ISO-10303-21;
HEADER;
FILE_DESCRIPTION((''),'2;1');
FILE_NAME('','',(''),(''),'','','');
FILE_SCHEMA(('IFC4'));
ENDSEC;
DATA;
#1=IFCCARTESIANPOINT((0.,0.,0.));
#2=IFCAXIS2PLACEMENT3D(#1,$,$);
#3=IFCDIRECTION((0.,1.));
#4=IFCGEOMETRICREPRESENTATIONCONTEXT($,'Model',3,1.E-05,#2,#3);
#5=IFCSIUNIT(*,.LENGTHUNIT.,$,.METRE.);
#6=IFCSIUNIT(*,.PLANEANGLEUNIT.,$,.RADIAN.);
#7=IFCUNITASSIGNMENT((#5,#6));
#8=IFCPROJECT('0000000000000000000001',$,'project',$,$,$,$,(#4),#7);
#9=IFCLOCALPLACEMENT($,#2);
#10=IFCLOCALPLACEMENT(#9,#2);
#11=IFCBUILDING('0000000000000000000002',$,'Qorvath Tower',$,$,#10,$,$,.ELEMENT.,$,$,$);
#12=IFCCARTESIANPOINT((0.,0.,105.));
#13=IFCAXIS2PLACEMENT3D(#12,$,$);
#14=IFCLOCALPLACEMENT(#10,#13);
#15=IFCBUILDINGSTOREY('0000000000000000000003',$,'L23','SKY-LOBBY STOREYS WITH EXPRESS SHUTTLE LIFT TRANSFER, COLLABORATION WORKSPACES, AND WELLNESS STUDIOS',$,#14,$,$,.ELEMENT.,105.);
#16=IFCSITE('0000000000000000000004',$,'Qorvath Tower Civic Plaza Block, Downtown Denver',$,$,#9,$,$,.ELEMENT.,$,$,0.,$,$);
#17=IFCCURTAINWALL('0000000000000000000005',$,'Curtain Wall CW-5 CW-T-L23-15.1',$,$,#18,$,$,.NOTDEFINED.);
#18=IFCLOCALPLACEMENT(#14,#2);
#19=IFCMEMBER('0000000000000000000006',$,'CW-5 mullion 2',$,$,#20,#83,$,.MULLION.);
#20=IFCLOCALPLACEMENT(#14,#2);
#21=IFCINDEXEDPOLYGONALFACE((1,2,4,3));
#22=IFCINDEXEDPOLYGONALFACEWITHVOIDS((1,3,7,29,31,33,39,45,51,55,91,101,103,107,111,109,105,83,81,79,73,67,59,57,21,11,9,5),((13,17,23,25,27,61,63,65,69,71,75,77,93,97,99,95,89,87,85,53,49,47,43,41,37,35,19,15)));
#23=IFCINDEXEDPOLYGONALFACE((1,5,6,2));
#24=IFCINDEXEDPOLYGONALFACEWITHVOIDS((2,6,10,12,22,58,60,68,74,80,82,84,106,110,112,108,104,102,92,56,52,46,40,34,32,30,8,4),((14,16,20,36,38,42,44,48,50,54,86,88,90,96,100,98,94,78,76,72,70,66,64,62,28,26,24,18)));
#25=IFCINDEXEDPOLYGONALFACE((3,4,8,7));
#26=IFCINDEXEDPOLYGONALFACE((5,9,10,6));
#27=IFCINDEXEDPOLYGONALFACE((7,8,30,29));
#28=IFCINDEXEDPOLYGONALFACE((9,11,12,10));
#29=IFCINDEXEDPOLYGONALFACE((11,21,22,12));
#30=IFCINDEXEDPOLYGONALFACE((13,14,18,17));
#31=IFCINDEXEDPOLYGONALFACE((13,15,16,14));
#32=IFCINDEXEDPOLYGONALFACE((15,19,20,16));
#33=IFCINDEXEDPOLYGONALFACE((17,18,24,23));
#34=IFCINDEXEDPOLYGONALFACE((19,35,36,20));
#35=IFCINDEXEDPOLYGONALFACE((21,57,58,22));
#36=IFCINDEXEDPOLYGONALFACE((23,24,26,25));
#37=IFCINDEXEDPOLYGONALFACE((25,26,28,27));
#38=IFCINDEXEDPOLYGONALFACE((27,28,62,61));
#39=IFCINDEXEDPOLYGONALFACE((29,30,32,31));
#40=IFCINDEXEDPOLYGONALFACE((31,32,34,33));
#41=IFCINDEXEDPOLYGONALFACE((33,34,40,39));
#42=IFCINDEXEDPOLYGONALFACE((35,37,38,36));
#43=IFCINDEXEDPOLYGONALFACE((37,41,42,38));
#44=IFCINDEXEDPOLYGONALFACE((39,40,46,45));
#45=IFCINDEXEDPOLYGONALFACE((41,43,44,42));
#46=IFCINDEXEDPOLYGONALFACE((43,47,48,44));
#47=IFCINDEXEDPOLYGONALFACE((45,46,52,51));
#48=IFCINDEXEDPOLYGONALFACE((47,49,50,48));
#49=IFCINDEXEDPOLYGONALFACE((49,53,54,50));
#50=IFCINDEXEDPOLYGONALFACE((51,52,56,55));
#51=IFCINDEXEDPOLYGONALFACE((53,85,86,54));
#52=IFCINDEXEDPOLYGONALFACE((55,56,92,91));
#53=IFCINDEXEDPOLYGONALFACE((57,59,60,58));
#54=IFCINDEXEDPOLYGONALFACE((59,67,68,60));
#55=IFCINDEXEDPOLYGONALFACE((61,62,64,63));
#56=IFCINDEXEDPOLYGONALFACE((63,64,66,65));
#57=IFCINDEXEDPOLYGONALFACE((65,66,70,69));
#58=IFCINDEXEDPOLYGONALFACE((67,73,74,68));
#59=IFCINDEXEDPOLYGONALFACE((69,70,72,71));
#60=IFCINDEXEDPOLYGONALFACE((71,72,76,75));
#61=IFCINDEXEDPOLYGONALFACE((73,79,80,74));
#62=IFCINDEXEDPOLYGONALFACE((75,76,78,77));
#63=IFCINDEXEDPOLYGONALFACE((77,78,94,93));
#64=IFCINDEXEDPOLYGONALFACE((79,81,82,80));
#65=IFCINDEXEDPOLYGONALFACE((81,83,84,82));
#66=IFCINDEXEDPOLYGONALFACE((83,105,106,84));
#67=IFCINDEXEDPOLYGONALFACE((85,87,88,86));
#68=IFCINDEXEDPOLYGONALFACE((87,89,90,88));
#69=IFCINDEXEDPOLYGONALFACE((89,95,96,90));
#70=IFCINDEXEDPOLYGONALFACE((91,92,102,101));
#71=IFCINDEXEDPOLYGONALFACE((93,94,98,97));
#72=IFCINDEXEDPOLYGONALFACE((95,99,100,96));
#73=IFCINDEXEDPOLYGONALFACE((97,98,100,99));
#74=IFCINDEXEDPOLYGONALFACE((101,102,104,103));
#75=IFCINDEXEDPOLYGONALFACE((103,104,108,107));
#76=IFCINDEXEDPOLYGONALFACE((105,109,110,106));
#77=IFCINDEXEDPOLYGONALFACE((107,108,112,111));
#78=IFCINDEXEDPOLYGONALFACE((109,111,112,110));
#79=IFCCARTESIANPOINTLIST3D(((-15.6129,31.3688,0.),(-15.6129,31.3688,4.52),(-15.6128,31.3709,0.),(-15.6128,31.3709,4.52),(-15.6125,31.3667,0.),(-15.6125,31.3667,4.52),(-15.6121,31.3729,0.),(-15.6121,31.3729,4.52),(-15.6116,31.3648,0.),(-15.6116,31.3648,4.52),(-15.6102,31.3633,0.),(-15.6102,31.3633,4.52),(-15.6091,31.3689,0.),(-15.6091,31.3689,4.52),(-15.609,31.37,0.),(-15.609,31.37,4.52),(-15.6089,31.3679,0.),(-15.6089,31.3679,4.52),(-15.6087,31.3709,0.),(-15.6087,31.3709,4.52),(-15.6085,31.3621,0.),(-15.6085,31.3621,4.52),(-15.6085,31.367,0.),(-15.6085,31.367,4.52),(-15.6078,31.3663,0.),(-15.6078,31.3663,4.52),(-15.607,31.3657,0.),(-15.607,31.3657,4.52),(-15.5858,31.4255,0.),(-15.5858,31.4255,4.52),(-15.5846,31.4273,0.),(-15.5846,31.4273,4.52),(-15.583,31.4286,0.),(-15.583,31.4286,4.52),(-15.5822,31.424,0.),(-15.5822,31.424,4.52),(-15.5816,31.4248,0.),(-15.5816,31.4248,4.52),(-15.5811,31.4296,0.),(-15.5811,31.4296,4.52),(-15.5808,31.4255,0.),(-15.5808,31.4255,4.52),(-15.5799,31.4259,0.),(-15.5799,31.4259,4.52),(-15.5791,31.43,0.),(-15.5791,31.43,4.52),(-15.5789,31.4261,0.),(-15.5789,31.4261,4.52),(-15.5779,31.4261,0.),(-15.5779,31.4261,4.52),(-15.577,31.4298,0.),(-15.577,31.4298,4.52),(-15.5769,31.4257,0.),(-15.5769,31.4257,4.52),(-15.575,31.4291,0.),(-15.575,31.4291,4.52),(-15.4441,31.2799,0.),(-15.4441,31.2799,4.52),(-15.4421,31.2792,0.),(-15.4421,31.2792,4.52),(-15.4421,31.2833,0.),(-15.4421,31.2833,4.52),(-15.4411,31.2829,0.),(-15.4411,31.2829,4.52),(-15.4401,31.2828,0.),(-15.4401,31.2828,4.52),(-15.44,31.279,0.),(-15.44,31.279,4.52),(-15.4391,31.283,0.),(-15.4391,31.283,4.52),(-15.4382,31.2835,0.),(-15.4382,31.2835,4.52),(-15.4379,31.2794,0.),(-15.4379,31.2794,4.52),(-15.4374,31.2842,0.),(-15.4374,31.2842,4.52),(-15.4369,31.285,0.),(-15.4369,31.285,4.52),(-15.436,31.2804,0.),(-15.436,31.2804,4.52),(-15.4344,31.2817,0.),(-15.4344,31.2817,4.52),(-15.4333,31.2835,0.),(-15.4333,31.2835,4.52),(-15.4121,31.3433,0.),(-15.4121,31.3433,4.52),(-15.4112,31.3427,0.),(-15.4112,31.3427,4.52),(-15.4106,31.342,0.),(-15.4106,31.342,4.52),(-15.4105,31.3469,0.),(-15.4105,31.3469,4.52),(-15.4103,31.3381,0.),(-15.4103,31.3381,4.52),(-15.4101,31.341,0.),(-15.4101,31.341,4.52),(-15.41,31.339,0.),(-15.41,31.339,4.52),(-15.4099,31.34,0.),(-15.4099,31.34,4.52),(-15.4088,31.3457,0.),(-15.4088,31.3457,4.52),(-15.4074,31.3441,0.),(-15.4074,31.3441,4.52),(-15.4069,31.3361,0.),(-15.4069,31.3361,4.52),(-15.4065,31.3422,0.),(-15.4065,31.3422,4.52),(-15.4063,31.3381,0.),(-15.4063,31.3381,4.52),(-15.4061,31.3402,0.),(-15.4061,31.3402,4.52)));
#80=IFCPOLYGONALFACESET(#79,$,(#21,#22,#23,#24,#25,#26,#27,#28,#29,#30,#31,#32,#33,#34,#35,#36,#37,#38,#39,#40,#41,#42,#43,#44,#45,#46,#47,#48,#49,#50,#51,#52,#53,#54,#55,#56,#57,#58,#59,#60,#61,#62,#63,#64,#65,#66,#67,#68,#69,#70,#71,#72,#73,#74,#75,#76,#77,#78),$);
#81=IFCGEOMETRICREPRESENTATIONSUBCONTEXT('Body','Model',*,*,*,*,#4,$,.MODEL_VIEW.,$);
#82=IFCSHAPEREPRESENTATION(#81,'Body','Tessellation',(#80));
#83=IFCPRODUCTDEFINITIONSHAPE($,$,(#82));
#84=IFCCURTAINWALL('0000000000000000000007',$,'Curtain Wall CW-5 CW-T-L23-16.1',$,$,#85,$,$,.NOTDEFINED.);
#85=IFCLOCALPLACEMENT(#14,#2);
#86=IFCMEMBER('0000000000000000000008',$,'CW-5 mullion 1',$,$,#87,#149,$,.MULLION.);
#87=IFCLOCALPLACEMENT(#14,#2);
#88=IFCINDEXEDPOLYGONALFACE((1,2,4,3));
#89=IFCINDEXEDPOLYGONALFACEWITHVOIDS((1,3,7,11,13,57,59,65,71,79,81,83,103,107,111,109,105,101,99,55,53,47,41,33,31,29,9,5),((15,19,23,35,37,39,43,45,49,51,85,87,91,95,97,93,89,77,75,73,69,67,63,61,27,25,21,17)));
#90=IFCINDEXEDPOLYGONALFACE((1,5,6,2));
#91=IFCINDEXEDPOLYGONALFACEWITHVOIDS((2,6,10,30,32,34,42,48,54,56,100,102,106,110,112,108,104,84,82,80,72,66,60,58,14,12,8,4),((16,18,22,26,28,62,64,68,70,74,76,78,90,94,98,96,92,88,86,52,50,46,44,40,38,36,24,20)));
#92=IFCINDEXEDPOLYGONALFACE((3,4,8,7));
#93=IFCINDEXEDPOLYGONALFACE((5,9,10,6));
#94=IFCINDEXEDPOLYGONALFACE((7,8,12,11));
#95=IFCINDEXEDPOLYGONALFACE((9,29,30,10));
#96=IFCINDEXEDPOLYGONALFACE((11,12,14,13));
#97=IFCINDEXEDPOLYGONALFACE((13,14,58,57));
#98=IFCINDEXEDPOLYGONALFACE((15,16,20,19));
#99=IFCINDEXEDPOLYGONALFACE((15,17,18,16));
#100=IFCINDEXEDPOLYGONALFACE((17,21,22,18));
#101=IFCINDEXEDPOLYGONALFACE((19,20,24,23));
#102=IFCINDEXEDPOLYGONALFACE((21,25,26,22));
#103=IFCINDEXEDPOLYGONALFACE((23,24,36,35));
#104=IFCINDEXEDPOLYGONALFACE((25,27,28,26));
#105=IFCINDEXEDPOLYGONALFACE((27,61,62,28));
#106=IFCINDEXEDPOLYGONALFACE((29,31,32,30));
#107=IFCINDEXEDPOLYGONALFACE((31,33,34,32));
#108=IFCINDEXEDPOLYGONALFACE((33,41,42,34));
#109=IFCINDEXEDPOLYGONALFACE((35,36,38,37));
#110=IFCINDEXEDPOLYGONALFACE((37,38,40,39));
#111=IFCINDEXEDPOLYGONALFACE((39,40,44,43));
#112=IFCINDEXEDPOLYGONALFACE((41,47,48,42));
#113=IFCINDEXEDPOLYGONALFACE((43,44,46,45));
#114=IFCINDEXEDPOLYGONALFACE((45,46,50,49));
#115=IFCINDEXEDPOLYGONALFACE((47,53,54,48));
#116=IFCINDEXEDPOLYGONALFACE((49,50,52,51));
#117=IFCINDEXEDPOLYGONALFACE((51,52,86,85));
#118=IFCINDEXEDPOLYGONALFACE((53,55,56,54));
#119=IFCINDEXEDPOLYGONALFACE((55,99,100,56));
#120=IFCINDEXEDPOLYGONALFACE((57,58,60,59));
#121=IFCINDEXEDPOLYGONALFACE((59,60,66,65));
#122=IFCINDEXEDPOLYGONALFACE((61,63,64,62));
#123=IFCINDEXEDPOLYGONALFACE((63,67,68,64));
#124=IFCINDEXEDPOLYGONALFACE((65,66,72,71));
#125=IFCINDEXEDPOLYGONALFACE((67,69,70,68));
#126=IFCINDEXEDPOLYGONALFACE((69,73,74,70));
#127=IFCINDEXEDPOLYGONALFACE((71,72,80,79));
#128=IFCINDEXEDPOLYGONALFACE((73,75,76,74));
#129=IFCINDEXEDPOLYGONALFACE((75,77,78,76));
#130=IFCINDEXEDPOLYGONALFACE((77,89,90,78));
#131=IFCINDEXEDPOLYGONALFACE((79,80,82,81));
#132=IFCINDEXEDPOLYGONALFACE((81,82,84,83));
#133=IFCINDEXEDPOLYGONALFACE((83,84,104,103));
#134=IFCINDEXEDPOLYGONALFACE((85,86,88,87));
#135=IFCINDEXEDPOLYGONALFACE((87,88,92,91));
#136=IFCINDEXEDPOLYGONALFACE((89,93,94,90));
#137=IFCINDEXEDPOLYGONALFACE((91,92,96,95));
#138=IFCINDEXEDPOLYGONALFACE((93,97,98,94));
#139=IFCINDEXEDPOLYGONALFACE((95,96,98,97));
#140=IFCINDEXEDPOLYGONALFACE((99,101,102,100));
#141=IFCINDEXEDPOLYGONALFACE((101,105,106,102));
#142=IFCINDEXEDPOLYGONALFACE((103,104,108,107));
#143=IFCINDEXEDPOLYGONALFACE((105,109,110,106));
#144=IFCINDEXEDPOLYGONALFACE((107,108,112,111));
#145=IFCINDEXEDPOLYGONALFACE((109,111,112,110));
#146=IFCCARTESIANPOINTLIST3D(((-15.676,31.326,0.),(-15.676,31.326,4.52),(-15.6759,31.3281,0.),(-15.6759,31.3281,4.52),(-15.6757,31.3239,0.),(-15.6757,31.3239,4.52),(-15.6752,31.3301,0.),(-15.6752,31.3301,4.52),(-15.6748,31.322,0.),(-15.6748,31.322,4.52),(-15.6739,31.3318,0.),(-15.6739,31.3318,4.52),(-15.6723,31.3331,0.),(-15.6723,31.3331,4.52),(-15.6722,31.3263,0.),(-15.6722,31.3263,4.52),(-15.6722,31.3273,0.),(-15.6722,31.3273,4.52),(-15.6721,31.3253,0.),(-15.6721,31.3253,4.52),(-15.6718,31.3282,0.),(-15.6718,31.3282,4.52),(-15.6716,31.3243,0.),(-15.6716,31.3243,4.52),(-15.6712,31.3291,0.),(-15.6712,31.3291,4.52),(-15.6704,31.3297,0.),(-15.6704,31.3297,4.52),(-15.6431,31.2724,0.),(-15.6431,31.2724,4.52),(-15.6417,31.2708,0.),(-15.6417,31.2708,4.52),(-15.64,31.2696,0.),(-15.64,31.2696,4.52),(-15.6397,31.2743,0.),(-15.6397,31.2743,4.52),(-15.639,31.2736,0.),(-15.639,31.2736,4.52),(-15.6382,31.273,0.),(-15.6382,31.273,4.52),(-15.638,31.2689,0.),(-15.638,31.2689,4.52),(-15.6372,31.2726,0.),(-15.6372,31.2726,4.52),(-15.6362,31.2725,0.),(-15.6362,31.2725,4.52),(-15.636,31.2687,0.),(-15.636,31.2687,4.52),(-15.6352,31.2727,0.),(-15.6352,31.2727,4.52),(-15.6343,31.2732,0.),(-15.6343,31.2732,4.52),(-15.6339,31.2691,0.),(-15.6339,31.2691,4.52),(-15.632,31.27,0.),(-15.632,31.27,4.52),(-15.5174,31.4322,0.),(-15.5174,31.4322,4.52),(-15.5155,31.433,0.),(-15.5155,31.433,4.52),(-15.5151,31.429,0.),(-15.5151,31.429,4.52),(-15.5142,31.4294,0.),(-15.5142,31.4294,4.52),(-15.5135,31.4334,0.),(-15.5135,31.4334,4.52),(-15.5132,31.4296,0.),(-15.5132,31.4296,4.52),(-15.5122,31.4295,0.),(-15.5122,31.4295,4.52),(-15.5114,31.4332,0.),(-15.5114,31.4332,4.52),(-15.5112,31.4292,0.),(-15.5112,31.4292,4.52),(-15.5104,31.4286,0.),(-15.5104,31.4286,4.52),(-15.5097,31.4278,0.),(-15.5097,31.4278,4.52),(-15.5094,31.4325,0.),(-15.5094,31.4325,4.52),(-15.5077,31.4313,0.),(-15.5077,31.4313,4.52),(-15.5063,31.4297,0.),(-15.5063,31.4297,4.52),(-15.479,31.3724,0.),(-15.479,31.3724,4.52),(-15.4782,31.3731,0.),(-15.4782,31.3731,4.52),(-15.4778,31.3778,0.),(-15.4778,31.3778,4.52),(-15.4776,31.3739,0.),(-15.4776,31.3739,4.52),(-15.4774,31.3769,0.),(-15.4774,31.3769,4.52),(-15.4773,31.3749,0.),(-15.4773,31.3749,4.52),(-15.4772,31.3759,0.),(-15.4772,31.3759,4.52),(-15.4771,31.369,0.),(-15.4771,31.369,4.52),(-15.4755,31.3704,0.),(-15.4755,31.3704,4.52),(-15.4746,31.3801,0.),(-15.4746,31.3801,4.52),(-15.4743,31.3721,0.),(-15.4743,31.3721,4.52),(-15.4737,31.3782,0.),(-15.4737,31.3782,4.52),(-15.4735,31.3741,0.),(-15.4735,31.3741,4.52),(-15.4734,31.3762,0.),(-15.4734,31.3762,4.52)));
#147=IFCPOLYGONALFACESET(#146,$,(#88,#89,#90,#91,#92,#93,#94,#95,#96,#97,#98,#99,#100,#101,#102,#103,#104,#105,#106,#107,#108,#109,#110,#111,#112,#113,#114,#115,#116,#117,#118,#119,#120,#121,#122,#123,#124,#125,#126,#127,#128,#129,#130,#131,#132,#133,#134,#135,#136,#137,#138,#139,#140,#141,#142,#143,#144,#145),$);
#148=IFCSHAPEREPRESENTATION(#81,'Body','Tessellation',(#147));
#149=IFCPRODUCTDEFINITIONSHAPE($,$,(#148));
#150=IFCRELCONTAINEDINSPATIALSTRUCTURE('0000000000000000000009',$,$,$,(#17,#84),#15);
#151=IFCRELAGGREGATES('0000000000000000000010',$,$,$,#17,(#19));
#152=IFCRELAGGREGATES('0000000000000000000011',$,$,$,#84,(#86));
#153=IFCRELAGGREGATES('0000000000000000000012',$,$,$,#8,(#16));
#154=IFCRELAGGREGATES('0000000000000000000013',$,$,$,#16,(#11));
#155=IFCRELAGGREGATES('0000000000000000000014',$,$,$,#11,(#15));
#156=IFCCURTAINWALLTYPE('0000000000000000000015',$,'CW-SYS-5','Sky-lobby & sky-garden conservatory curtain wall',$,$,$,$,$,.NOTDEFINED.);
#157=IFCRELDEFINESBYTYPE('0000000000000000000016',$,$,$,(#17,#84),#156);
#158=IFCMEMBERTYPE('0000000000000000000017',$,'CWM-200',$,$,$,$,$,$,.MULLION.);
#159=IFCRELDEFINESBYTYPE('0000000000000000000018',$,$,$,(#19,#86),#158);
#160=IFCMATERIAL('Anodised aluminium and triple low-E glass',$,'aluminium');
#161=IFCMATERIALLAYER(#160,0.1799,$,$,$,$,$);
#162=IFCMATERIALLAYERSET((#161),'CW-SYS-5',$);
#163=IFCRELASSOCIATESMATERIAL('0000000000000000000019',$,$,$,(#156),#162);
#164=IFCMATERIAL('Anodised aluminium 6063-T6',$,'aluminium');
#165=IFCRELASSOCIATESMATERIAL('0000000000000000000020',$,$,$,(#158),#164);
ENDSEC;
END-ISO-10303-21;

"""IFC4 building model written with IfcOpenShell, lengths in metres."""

from ifc_helpers import new_model, si_unit, direction, frame, origin, origin_2d, place, context, subcontext, project, spatial, hollow_rectangle, extrude, material, layer, layer_set, material_profile, profile_set, type_object, element, aggregate, save


model = new_model("IFC4")

# Units and contexts
model_context = context("Model", 3, precision=1e-05, world=origin(), true_north=direction((0.0, 1.0)))
body_context = subcontext(model_context, "Body", "Model", "MODEL_VIEW")
ifc_project = project(units=[si_unit("LENGTHUNIT", "METRE"), si_unit("PLANEANGLEUNIT", "RADIAN")], contexts=[model_context])

# Site, building, storey
site_placement = place(None, origin())
site = spatial("IfcSite", under=ifc_project, at=site_placement, Name="Qorvath Tower Civic Plaza Block, Downtown Denver", CompositionType="ELEMENT", RefElevation=0.0)
building_placement = place(site_placement, origin())
building = spatial("IfcBuilding", under=site, at=building_placement, Name="Qorvath Tower", CompositionType="ELEMENT")
storey_placement = place(building_placement, frame((0.0, 0.0, 105.0)))
storey = spatial("IfcBuildingStorey", under=building, at=storey_placement, Name="L23", Description="SKY-LOBBY STOREYS WITH EXPRESS SHUTTLE LIFT TRANSFER, COLLABORATION WORKSPACES, AND WELLNESS STUDIOS", CompositionType="ELEMENT", Elevation=105.0)

# Curtain wall, member
ifc_material_1 = material(Name="Anodised aluminium and triple low-E glass", Category="aluminium")
ifc_layer_1 = layer(ifc_material_1, 0.1799)
ifc_layer_set_1 = layer_set([ifc_layer_1], Name="CW-SYS-5")
curtain_wall_type = type_object("IfcCurtainWallType", Name="CW-SYS-5", Description="Sky-lobby & sky-garden conservatory curtain wall", PredefinedType="NOTDEFINED", material=ifc_layer_set_1)
curtain_wall_1_placement = place(storey_placement, origin())
curtain_wall_1 = element("IfcCurtainWall", 1, at=curtain_wall_1_placement, inside=storey, type_object=curtain_wall_type, Name="Curtain Wall CW-5 CW-T-L23-15.1", PredefinedType="NOTDEFINED")
ifc_material_2 = material(Name="Anodised aluminium 6063-T6", Category="aluminium")
ifc_material_profile_1 = material_profile(ifc_material_2, hollow_rectangle(XDim=0.075, YDim=0.2, WallThickness=0.0039, InnerFilletRadius=0.0039, OuterFilletRadius=0.0081, at=origin_2d()), Name="CWM 200x75")
ifc_profile_set_1 = profile_set([ifc_material_profile_1], Name="Anodised aluminium 6063-T6")
member_type_1 = type_object("IfcMemberType", Name="CWM-200", PredefinedType="MULLION", material=ifc_profile_set_1)
member_1_placement = place(storey_placement, frame((-15.5095, 31.3545, 0.0), z_axis=(0.0, 0.0, 1.0), x_axis=(-0.44719, -0.894439, 0.0)))
member_1 = element("IfcMember", 2, at=member_1_placement, type_object=member_type_1, Name="CW-5 mullion 2", PredefinedType="MULLION", context=body_context, shape_type="SweptSolid", body=[
    extrude(hollow_rectangle(XDim=0.075, YDim=0.2, WallThickness=0.0039, InnerFilletRadius=0.0039, OuterFilletRadius=0.0081, at=origin_2d()), origin(), (0.0, 0.0, 1.0), 4.52),
])

# Curtain wall, member
curtain_wall_2_placement = place(storey_placement, origin())
curtain_wall_2 = element("IfcCurtainWall", 3, at=curtain_wall_2_placement, inside=storey, type_object=curtain_wall_type, Name="Curtain Wall CW-5 CW-T-L23-16.1", PredefinedType="NOTDEFINED")
member_2_placement = place(storey_placement, frame((-15.5747, 31.3511, 0.0), z_axis=(0.0, 0.0, 1.0), x_axis=(0.53854, -0.8426, 0.0)))
member_2 = element("IfcMember", 4, at=member_2_placement, type_object=member_type_1, Name="CW-5 mullion 1", PredefinedType="MULLION", context=body_context, shape_type="SweptSolid", body=[
    extrude(hollow_rectangle(XDim=0.075, YDim=0.2, WallThickness=0.0039, InnerFilletRadius=0.0039, OuterFilletRadius=0.0081, at=origin_2d()), origin(), (0.0, 0.0, 1.0), 4.52),
])

aggregate(curtain_wall_1, [member_1])
aggregate(curtain_wall_2, [member_2])

save(model, "model.ifc")
